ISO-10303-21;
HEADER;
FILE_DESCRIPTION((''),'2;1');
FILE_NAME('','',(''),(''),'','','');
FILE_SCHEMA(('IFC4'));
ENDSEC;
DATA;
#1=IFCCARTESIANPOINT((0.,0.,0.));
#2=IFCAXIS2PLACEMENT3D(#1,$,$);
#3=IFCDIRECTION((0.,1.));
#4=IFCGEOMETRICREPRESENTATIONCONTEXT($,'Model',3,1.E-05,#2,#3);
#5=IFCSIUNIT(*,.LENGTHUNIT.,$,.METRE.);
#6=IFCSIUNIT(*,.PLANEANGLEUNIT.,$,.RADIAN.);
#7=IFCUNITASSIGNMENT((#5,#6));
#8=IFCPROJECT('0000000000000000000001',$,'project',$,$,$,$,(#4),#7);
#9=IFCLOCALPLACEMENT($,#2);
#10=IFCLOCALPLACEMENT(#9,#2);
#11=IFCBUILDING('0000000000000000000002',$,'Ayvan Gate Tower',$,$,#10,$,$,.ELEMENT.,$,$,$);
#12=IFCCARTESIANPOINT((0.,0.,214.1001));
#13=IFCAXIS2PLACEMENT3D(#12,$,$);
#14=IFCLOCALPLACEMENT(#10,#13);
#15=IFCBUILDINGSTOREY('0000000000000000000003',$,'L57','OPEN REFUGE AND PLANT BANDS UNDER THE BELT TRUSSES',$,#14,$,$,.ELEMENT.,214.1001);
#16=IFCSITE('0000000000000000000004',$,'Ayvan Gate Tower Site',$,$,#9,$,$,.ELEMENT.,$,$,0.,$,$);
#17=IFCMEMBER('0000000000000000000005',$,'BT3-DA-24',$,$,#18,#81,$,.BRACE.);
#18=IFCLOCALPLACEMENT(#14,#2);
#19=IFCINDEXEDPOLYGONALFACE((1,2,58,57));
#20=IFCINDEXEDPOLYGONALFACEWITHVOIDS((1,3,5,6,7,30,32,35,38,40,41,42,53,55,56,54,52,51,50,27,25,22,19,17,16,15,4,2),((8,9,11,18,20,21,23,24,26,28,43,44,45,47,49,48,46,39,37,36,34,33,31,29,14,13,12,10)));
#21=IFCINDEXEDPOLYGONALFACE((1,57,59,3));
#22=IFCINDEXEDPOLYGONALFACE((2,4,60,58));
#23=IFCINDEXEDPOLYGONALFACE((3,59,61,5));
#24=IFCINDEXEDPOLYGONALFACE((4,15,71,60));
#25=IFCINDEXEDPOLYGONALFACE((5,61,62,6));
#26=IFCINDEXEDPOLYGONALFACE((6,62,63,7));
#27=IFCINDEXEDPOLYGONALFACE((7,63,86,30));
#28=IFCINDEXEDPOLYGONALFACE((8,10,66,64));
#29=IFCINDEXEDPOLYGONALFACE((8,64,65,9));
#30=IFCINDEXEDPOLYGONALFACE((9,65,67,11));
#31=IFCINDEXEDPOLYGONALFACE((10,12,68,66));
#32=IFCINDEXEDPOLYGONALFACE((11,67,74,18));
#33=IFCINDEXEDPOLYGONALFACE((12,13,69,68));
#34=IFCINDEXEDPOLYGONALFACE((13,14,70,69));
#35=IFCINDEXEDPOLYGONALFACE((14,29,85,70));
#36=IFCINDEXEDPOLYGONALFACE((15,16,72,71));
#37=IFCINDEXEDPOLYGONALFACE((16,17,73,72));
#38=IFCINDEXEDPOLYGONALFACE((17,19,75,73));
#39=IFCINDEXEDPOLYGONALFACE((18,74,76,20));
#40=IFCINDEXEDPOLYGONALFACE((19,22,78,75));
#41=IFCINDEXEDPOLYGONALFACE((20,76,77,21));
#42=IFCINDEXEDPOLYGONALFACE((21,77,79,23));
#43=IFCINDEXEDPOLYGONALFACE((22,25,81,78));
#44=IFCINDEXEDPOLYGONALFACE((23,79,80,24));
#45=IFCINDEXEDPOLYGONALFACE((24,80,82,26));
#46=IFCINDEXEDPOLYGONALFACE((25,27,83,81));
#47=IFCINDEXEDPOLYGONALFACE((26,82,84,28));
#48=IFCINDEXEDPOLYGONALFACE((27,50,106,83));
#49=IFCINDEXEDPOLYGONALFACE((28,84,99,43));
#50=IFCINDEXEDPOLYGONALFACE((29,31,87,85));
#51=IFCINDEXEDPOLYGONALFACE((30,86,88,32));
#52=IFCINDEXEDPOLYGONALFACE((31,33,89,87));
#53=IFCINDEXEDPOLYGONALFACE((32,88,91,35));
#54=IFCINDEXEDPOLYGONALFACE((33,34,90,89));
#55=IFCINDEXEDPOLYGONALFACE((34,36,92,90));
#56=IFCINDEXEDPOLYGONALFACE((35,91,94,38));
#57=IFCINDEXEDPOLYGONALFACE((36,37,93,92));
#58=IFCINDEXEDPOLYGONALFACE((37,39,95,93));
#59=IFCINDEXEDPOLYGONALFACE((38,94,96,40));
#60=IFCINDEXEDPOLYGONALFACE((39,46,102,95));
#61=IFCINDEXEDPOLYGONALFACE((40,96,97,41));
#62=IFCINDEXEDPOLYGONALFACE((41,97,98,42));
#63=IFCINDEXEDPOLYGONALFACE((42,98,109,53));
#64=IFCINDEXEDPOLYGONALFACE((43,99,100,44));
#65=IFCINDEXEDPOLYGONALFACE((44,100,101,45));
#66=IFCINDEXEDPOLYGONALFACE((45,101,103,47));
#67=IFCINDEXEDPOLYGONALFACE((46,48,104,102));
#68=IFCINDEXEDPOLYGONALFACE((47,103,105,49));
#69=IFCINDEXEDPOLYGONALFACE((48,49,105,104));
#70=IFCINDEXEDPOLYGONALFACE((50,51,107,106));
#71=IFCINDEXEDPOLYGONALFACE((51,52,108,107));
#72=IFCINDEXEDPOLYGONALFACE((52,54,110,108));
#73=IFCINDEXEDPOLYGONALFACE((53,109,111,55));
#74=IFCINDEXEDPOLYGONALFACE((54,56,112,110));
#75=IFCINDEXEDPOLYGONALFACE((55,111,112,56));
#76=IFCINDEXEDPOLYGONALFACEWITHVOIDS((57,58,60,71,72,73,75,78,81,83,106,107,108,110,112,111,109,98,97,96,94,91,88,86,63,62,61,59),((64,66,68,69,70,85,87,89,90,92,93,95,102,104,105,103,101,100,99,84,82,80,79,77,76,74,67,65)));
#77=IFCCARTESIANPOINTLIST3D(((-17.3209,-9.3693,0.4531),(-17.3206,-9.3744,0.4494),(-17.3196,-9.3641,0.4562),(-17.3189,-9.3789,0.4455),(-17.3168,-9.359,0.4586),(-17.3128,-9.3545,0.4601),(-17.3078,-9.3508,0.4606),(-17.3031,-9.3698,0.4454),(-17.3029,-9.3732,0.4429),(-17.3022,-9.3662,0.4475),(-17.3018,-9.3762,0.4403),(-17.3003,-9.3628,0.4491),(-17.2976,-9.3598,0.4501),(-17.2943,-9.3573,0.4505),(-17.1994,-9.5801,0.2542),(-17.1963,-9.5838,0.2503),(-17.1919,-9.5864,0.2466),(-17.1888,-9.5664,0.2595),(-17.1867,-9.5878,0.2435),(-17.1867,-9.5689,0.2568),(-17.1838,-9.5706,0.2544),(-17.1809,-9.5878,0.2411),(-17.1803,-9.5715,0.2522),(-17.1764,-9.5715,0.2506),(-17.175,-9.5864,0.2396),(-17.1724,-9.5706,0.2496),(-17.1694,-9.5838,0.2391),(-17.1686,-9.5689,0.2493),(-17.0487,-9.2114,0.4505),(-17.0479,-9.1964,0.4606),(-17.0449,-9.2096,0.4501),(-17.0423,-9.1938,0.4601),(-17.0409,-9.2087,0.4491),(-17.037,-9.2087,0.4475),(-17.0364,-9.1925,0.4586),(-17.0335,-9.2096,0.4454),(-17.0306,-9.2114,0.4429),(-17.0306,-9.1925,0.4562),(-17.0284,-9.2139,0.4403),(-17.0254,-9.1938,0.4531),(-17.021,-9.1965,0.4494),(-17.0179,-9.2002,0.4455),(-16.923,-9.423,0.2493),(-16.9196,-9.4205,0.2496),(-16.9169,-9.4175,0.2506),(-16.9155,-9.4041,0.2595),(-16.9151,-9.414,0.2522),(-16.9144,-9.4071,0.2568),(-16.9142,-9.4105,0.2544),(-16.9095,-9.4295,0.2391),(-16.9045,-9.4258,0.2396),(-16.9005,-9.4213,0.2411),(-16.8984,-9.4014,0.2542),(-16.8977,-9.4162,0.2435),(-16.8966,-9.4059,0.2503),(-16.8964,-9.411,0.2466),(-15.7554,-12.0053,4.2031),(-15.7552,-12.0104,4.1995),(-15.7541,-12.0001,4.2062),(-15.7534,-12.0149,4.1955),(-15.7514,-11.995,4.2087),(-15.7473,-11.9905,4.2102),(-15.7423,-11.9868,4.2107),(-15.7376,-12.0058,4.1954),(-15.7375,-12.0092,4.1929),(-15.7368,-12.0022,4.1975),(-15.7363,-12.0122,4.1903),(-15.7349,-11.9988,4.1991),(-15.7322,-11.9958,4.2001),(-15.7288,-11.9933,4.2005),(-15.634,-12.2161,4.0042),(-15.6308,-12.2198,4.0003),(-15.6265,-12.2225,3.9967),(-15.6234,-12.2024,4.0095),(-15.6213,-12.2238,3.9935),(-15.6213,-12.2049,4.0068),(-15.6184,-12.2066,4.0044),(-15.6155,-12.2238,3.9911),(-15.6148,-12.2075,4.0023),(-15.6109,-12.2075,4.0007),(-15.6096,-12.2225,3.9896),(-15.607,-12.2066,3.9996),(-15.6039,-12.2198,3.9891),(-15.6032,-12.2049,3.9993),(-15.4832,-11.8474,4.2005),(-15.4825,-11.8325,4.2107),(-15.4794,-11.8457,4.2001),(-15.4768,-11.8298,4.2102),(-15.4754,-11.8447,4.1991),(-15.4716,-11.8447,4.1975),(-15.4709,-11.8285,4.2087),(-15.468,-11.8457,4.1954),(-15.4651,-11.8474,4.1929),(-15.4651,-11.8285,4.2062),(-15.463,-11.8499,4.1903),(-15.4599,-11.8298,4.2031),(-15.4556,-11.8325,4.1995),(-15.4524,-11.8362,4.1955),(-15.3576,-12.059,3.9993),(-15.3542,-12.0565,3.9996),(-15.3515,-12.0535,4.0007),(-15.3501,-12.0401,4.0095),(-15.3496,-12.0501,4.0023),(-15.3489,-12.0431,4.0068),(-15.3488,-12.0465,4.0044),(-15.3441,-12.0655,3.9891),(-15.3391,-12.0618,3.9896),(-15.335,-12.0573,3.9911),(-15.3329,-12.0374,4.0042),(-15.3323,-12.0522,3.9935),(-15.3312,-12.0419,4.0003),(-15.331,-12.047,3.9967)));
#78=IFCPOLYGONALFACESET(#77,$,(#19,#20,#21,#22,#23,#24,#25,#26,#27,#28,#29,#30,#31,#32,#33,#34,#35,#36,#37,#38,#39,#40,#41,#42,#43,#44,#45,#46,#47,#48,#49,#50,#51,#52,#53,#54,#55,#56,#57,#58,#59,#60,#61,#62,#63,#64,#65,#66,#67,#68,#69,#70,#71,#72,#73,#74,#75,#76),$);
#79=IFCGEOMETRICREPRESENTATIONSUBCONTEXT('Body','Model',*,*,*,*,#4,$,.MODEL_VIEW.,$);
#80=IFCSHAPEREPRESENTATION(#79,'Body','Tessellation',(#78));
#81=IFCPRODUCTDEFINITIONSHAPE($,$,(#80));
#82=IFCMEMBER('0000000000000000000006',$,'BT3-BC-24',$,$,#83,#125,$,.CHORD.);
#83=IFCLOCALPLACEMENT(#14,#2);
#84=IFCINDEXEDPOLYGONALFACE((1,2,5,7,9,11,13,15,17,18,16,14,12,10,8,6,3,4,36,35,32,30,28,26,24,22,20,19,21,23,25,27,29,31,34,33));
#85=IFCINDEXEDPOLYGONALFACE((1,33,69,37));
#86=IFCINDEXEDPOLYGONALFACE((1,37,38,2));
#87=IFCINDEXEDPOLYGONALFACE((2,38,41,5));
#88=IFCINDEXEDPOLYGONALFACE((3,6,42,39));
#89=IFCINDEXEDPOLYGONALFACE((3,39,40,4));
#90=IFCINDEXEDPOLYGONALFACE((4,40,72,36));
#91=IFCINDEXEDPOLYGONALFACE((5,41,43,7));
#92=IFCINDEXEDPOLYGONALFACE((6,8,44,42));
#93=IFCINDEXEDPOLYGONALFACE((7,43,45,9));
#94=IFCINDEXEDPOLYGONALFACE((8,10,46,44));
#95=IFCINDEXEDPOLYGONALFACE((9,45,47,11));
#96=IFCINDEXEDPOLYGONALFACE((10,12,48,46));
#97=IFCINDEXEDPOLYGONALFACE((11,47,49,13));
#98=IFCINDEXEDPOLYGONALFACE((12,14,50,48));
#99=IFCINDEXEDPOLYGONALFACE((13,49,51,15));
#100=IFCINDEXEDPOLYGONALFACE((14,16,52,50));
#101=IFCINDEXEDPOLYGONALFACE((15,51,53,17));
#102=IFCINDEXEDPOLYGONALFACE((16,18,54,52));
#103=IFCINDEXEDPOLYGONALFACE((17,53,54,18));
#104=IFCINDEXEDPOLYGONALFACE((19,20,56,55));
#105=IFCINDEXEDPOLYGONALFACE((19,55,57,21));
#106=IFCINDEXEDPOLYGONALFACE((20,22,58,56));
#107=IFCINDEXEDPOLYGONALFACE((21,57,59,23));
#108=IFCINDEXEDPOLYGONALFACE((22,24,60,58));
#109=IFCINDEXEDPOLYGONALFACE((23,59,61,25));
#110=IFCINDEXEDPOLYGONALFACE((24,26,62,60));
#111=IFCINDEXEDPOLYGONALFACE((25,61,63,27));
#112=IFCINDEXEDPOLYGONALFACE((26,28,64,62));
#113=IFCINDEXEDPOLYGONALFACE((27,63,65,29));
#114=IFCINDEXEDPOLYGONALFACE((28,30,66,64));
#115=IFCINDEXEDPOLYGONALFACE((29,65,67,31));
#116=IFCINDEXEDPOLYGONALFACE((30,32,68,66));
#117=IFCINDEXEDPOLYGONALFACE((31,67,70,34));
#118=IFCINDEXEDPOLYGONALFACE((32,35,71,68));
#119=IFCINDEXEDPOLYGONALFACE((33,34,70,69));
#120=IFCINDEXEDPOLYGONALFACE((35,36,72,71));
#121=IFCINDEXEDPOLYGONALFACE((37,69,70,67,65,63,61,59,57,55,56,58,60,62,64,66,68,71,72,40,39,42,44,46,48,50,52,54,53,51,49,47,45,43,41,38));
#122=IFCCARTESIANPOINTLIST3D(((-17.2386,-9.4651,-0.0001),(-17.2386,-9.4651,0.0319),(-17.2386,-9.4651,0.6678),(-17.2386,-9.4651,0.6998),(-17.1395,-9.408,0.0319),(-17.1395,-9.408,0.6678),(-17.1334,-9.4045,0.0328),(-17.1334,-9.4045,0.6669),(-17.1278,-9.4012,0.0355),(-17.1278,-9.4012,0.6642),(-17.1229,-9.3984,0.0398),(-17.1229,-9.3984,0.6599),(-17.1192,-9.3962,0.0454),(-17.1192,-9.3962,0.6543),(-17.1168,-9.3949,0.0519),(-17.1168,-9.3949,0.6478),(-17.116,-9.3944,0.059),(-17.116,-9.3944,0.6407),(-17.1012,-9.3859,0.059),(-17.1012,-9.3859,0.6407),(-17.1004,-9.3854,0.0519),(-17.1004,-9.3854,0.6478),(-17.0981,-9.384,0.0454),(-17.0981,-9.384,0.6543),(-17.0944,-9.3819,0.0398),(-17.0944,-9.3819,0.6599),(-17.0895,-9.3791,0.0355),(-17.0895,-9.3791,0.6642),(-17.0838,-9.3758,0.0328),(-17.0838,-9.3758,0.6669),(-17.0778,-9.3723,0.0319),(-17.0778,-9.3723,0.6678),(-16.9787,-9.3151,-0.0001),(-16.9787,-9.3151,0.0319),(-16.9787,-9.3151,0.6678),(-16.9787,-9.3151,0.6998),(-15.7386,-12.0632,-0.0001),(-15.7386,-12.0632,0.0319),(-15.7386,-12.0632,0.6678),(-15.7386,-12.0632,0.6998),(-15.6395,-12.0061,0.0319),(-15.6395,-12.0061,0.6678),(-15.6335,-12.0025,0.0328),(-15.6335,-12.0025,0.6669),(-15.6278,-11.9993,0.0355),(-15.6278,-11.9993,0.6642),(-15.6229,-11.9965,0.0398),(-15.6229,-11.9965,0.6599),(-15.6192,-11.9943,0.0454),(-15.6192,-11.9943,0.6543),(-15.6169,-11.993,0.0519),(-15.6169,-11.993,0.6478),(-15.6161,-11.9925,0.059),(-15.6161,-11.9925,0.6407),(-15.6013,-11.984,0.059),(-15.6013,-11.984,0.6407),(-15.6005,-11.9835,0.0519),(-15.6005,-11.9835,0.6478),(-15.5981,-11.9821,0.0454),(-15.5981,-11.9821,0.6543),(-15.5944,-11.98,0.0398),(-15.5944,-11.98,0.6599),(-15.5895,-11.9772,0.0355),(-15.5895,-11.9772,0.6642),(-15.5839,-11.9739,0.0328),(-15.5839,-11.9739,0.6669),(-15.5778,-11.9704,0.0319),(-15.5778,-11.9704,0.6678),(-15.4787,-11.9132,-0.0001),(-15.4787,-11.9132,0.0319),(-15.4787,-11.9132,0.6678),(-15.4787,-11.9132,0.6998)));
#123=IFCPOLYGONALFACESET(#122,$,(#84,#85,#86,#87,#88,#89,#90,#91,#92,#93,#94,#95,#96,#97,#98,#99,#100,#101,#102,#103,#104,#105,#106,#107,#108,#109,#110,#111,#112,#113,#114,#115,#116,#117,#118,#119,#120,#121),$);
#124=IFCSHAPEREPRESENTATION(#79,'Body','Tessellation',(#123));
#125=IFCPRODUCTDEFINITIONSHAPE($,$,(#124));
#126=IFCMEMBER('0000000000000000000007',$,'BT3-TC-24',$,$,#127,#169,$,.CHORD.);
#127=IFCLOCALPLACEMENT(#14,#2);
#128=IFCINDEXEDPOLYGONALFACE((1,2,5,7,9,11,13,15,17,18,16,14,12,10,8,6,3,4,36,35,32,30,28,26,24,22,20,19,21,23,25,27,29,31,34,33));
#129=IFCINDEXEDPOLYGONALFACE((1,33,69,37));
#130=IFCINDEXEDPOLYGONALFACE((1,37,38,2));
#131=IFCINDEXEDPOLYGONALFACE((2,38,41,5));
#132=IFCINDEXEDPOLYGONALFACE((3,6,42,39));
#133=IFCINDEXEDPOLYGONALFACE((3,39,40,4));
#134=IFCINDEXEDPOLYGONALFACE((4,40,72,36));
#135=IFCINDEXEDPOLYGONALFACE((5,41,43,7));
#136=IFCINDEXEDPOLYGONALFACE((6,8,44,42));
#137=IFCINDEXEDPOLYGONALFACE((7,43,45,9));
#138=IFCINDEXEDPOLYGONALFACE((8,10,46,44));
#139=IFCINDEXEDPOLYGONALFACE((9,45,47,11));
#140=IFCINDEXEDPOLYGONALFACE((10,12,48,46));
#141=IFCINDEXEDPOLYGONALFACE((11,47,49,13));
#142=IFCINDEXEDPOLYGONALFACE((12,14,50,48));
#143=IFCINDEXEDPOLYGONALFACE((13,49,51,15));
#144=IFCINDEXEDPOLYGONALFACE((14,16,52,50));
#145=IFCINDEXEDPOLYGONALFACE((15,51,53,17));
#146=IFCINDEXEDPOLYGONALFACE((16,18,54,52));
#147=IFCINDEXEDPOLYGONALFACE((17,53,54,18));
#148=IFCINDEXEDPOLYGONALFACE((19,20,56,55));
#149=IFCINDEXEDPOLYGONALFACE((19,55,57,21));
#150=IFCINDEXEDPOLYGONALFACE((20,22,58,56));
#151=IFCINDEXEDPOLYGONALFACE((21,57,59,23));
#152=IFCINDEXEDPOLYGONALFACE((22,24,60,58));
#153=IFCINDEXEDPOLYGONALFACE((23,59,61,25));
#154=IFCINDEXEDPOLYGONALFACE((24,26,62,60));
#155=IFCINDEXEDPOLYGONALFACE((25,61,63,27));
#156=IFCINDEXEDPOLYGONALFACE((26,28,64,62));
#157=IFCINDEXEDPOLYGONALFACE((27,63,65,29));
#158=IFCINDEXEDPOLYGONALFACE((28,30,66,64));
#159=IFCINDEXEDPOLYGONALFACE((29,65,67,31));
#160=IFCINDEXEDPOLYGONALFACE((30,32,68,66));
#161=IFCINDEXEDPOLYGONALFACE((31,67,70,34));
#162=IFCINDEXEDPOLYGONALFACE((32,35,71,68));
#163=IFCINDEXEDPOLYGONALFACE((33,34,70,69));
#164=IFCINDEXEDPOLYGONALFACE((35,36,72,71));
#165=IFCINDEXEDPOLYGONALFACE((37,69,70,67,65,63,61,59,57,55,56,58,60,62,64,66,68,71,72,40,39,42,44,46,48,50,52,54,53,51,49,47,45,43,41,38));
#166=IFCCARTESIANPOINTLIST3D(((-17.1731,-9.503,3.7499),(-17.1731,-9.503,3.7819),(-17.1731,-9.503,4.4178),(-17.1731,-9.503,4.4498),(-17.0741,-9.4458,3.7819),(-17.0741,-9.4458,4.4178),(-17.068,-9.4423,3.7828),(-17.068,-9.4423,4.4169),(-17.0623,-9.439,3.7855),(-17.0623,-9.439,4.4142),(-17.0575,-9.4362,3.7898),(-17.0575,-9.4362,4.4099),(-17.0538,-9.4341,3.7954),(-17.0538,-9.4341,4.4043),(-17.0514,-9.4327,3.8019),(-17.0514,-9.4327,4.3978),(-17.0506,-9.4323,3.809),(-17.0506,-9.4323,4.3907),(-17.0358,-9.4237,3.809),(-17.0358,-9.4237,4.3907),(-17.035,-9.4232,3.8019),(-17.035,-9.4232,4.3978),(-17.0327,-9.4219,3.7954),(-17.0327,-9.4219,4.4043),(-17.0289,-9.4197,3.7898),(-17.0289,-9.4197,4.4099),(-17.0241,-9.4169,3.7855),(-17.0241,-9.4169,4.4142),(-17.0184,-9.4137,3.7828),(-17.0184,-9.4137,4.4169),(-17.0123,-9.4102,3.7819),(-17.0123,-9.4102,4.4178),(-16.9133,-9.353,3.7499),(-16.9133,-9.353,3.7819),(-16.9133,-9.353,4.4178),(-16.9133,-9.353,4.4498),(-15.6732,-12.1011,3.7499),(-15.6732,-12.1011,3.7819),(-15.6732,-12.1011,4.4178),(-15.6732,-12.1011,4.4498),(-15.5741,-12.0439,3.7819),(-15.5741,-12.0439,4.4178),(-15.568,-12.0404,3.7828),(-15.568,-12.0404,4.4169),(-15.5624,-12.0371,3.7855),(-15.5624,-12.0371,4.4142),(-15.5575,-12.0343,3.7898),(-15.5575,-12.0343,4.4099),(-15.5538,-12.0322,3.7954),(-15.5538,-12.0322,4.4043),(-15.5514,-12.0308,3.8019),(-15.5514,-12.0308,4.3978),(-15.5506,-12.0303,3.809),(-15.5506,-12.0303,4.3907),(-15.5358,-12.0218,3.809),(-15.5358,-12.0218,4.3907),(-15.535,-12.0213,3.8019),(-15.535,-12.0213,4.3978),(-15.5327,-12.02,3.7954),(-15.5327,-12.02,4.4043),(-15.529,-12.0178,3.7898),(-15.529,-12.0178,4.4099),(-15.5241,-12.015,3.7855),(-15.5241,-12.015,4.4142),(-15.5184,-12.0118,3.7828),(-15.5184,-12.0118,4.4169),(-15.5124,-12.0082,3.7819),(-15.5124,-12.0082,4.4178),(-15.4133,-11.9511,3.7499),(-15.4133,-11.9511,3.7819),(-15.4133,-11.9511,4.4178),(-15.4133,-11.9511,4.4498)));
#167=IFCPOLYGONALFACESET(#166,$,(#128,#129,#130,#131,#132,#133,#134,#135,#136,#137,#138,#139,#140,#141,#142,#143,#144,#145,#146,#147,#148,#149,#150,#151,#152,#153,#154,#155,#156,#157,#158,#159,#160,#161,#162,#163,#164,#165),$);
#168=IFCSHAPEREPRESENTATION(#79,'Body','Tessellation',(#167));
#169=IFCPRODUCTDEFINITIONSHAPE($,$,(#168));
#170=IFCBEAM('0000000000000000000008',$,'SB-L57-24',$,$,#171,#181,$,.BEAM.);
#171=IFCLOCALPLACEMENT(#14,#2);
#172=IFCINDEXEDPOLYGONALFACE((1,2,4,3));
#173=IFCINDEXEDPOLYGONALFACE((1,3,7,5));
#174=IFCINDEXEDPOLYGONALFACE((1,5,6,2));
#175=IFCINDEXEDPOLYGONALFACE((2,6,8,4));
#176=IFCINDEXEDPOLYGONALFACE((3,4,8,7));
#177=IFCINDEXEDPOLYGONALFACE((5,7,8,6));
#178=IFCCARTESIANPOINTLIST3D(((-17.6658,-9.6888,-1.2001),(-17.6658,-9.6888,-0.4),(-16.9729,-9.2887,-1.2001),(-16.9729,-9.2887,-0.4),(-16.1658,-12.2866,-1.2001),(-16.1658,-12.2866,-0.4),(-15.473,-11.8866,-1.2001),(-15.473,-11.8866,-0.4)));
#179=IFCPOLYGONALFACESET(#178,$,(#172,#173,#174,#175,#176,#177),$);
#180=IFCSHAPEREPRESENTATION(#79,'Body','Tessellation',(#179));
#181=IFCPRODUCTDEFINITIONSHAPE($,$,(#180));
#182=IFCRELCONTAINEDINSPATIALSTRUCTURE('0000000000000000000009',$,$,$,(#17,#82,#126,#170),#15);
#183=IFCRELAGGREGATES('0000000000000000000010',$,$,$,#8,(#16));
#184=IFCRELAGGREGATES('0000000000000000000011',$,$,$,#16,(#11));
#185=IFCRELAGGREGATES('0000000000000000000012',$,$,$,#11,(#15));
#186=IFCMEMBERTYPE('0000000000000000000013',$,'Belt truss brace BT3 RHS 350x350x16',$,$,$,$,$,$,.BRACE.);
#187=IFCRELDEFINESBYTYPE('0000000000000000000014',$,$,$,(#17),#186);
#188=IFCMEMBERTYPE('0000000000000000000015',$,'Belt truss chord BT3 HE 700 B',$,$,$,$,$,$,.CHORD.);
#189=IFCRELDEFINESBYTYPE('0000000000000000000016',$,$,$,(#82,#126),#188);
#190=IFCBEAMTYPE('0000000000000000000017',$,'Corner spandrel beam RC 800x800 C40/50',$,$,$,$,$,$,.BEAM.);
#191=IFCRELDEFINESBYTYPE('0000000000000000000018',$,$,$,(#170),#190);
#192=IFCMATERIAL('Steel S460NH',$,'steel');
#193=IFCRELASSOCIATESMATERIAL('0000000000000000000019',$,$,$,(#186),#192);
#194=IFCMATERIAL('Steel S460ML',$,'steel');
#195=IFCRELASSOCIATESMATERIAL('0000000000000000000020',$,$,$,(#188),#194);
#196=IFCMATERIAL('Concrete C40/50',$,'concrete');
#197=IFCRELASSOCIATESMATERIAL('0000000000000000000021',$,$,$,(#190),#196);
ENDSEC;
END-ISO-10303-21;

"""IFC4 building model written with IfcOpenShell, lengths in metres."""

from ifc_helpers import new_model, si_unit, direction, frame, origin, origin_2d, place, context, subcontext, project, spatial, rectangle, hollow_rectangle, i_section, extrude, material, material_profile, profile_set, type_object, element, save


model = new_model("IFC4")

# Units and contexts
model_context = context("Model", 3, precision=1e-05, world=origin(), true_north=direction((0.0, 1.0)))
body_context = subcontext(model_context, "Body", "Model", "MODEL_VIEW")
ifc_project = project(units=[si_unit("LENGTHUNIT", "METRE"), si_unit("PLANEANGLEUNIT", "RADIAN")], contexts=[model_context])

# Site, building, storey
site_placement = place(None, origin())
site = spatial("IfcSite", under=ifc_project, at=site_placement, Name="Ayvan Gate Tower Site", CompositionType="ELEMENT", RefElevation=0.0)
building_placement = place(site_placement, origin())
building = spatial("IfcBuilding", under=site, at=building_placement, Name="Ayvan Gate Tower", CompositionType="ELEMENT")
storey_placement = place(building_placement, frame((0.0, 0.0, 214.1001)))
storey = spatial("IfcBuildingStorey", under=building, at=storey_placement, Name="L57", Description="OPEN REFUGE AND PLANT BANDS UNDER THE BELT TRUSSES", CompositionType="ELEMENT", Elevation=214.1001)

# Members
ifc_material_1 = material(Name="Steel S460NH", Category="steel")
ifc_material_profile_1 = material_profile(ifc_material_1, hollow_rectangle(XDim=0.3501, YDim=0.3501, WallThickness=0.0161, InnerFilletRadius=0.0161, OuterFilletRadius=0.0239, at=origin_2d()), Name="RHS 350x350x16")
ifc_profile_set_1 = profile_set([ifc_material_profile_1], Name="Steel S460NH")
member_type_1 = type_object("IfcMemberType", Name="Belt truss brace BT3 RHS 350x350x16", PredefinedType="BRACE", material=ifc_profile_set_1)
member_1_placement = place(storey_placement, frame((-17.1086, -9.3901, 0.3499), z_axis=(0.323188, -0.544209, 0.7742), x_axis=(0.85981, 0.510614, 0.0)))
element("IfcMember", 1, at=member_1_placement, inside=storey, type_object=member_type_1, Name="BT3-DA-24", PredefinedType="BRACE", context=body_context, shape_type="SweptSolid", body=[
    extrude(hollow_rectangle(XDim=0.3501, YDim=0.3501, WallThickness=0.0161, InnerFilletRadius=0.0161, OuterFilletRadius=0.0239, at=origin_2d()), origin(), (0.0, 0.0, 1.0), 4.8438),
])
ifc_material_2 = material(Name="Steel S460ML", Category="steel")
ifc_material_profile_2 = material_profile(ifc_material_2, i_section(OverallWidth=0.3, OverallDepth=0.7, WebThickness=0.0171, FlangeThickness=0.032, FilletRadius=0.0271, at=origin_2d()), Name="HE 700 B")
ifc_profile_set_2 = profile_set([ifc_material_profile_2], Name="Steel S460ML")
member_type_2 = type_object("IfcMemberType", Name="Belt truss chord BT3 HE 700 B", PredefinedType="CHORD", material=ifc_profile_set_2)
for number, where, z_axis, x_axis, name in (
    (2, (-17.1086, -9.3901, 0.3499), (0.49999, -0.866031, 0.0), (0.866031, 0.49999, 0.0), "BT3-BC-24"),
    (3, (-17.0432, -9.428, 4.0999), (0.49999, -0.866031, 0.0), (0.866031, 0.49999, 0.0), "BT3-TC-24"),
):
    element("IfcMember", number, at=place(storey_placement, frame(where, z_axis=z_axis, x_axis=x_axis)), inside=storey, type_object=member_type_2, Name=name, PredefinedType="CHORD", context=body_context, shape_type="SweptSolid", body=[
        extrude(i_section(OverallWidth=0.3, OverallDepth=0.7, WebThickness=0.0171, FlangeThickness=0.032, FilletRadius=0.0271, at=origin_2d()), origin(), (0.0, 0.0, 1.0), 3.0),
    ])

# Beam
ifc_material_3 = material(Name="Concrete C40/50", Category="concrete")
ifc_material_profile_3 = material_profile(ifc_material_3, rectangle(XDim=0.8, YDim=0.8, at=origin_2d()), Name="RC 800x800")
ifc_profile_set_3 = profile_set([ifc_material_profile_3], Name="Concrete C40/50")
beam_type_1 = type_object("IfcBeamType", Name="Corner spandrel beam RC 800x800 C40/50", PredefinedType="BEAM", material=ifc_profile_set_3)
beam_1_placement = place(storey_placement, frame((-17.3193, -9.4888, -0.8), z_axis=(0.500025, -0.866011, 0.0), x_axis=(0.866011, 0.500025, 0.0)))
element("IfcBeam", 4, at=beam_1_placement, inside=storey, type_object=beam_type_1, Name="SB-L57-24", PredefinedType="BEAM", context=body_context, shape_type="SweptSolid", body=[
    extrude(rectangle(XDim=0.8, YDim=0.8, at=origin_2d()), origin(), (0.0, 0.0, 1.0), 2.9998),
])

save(model, "model.ifc")
